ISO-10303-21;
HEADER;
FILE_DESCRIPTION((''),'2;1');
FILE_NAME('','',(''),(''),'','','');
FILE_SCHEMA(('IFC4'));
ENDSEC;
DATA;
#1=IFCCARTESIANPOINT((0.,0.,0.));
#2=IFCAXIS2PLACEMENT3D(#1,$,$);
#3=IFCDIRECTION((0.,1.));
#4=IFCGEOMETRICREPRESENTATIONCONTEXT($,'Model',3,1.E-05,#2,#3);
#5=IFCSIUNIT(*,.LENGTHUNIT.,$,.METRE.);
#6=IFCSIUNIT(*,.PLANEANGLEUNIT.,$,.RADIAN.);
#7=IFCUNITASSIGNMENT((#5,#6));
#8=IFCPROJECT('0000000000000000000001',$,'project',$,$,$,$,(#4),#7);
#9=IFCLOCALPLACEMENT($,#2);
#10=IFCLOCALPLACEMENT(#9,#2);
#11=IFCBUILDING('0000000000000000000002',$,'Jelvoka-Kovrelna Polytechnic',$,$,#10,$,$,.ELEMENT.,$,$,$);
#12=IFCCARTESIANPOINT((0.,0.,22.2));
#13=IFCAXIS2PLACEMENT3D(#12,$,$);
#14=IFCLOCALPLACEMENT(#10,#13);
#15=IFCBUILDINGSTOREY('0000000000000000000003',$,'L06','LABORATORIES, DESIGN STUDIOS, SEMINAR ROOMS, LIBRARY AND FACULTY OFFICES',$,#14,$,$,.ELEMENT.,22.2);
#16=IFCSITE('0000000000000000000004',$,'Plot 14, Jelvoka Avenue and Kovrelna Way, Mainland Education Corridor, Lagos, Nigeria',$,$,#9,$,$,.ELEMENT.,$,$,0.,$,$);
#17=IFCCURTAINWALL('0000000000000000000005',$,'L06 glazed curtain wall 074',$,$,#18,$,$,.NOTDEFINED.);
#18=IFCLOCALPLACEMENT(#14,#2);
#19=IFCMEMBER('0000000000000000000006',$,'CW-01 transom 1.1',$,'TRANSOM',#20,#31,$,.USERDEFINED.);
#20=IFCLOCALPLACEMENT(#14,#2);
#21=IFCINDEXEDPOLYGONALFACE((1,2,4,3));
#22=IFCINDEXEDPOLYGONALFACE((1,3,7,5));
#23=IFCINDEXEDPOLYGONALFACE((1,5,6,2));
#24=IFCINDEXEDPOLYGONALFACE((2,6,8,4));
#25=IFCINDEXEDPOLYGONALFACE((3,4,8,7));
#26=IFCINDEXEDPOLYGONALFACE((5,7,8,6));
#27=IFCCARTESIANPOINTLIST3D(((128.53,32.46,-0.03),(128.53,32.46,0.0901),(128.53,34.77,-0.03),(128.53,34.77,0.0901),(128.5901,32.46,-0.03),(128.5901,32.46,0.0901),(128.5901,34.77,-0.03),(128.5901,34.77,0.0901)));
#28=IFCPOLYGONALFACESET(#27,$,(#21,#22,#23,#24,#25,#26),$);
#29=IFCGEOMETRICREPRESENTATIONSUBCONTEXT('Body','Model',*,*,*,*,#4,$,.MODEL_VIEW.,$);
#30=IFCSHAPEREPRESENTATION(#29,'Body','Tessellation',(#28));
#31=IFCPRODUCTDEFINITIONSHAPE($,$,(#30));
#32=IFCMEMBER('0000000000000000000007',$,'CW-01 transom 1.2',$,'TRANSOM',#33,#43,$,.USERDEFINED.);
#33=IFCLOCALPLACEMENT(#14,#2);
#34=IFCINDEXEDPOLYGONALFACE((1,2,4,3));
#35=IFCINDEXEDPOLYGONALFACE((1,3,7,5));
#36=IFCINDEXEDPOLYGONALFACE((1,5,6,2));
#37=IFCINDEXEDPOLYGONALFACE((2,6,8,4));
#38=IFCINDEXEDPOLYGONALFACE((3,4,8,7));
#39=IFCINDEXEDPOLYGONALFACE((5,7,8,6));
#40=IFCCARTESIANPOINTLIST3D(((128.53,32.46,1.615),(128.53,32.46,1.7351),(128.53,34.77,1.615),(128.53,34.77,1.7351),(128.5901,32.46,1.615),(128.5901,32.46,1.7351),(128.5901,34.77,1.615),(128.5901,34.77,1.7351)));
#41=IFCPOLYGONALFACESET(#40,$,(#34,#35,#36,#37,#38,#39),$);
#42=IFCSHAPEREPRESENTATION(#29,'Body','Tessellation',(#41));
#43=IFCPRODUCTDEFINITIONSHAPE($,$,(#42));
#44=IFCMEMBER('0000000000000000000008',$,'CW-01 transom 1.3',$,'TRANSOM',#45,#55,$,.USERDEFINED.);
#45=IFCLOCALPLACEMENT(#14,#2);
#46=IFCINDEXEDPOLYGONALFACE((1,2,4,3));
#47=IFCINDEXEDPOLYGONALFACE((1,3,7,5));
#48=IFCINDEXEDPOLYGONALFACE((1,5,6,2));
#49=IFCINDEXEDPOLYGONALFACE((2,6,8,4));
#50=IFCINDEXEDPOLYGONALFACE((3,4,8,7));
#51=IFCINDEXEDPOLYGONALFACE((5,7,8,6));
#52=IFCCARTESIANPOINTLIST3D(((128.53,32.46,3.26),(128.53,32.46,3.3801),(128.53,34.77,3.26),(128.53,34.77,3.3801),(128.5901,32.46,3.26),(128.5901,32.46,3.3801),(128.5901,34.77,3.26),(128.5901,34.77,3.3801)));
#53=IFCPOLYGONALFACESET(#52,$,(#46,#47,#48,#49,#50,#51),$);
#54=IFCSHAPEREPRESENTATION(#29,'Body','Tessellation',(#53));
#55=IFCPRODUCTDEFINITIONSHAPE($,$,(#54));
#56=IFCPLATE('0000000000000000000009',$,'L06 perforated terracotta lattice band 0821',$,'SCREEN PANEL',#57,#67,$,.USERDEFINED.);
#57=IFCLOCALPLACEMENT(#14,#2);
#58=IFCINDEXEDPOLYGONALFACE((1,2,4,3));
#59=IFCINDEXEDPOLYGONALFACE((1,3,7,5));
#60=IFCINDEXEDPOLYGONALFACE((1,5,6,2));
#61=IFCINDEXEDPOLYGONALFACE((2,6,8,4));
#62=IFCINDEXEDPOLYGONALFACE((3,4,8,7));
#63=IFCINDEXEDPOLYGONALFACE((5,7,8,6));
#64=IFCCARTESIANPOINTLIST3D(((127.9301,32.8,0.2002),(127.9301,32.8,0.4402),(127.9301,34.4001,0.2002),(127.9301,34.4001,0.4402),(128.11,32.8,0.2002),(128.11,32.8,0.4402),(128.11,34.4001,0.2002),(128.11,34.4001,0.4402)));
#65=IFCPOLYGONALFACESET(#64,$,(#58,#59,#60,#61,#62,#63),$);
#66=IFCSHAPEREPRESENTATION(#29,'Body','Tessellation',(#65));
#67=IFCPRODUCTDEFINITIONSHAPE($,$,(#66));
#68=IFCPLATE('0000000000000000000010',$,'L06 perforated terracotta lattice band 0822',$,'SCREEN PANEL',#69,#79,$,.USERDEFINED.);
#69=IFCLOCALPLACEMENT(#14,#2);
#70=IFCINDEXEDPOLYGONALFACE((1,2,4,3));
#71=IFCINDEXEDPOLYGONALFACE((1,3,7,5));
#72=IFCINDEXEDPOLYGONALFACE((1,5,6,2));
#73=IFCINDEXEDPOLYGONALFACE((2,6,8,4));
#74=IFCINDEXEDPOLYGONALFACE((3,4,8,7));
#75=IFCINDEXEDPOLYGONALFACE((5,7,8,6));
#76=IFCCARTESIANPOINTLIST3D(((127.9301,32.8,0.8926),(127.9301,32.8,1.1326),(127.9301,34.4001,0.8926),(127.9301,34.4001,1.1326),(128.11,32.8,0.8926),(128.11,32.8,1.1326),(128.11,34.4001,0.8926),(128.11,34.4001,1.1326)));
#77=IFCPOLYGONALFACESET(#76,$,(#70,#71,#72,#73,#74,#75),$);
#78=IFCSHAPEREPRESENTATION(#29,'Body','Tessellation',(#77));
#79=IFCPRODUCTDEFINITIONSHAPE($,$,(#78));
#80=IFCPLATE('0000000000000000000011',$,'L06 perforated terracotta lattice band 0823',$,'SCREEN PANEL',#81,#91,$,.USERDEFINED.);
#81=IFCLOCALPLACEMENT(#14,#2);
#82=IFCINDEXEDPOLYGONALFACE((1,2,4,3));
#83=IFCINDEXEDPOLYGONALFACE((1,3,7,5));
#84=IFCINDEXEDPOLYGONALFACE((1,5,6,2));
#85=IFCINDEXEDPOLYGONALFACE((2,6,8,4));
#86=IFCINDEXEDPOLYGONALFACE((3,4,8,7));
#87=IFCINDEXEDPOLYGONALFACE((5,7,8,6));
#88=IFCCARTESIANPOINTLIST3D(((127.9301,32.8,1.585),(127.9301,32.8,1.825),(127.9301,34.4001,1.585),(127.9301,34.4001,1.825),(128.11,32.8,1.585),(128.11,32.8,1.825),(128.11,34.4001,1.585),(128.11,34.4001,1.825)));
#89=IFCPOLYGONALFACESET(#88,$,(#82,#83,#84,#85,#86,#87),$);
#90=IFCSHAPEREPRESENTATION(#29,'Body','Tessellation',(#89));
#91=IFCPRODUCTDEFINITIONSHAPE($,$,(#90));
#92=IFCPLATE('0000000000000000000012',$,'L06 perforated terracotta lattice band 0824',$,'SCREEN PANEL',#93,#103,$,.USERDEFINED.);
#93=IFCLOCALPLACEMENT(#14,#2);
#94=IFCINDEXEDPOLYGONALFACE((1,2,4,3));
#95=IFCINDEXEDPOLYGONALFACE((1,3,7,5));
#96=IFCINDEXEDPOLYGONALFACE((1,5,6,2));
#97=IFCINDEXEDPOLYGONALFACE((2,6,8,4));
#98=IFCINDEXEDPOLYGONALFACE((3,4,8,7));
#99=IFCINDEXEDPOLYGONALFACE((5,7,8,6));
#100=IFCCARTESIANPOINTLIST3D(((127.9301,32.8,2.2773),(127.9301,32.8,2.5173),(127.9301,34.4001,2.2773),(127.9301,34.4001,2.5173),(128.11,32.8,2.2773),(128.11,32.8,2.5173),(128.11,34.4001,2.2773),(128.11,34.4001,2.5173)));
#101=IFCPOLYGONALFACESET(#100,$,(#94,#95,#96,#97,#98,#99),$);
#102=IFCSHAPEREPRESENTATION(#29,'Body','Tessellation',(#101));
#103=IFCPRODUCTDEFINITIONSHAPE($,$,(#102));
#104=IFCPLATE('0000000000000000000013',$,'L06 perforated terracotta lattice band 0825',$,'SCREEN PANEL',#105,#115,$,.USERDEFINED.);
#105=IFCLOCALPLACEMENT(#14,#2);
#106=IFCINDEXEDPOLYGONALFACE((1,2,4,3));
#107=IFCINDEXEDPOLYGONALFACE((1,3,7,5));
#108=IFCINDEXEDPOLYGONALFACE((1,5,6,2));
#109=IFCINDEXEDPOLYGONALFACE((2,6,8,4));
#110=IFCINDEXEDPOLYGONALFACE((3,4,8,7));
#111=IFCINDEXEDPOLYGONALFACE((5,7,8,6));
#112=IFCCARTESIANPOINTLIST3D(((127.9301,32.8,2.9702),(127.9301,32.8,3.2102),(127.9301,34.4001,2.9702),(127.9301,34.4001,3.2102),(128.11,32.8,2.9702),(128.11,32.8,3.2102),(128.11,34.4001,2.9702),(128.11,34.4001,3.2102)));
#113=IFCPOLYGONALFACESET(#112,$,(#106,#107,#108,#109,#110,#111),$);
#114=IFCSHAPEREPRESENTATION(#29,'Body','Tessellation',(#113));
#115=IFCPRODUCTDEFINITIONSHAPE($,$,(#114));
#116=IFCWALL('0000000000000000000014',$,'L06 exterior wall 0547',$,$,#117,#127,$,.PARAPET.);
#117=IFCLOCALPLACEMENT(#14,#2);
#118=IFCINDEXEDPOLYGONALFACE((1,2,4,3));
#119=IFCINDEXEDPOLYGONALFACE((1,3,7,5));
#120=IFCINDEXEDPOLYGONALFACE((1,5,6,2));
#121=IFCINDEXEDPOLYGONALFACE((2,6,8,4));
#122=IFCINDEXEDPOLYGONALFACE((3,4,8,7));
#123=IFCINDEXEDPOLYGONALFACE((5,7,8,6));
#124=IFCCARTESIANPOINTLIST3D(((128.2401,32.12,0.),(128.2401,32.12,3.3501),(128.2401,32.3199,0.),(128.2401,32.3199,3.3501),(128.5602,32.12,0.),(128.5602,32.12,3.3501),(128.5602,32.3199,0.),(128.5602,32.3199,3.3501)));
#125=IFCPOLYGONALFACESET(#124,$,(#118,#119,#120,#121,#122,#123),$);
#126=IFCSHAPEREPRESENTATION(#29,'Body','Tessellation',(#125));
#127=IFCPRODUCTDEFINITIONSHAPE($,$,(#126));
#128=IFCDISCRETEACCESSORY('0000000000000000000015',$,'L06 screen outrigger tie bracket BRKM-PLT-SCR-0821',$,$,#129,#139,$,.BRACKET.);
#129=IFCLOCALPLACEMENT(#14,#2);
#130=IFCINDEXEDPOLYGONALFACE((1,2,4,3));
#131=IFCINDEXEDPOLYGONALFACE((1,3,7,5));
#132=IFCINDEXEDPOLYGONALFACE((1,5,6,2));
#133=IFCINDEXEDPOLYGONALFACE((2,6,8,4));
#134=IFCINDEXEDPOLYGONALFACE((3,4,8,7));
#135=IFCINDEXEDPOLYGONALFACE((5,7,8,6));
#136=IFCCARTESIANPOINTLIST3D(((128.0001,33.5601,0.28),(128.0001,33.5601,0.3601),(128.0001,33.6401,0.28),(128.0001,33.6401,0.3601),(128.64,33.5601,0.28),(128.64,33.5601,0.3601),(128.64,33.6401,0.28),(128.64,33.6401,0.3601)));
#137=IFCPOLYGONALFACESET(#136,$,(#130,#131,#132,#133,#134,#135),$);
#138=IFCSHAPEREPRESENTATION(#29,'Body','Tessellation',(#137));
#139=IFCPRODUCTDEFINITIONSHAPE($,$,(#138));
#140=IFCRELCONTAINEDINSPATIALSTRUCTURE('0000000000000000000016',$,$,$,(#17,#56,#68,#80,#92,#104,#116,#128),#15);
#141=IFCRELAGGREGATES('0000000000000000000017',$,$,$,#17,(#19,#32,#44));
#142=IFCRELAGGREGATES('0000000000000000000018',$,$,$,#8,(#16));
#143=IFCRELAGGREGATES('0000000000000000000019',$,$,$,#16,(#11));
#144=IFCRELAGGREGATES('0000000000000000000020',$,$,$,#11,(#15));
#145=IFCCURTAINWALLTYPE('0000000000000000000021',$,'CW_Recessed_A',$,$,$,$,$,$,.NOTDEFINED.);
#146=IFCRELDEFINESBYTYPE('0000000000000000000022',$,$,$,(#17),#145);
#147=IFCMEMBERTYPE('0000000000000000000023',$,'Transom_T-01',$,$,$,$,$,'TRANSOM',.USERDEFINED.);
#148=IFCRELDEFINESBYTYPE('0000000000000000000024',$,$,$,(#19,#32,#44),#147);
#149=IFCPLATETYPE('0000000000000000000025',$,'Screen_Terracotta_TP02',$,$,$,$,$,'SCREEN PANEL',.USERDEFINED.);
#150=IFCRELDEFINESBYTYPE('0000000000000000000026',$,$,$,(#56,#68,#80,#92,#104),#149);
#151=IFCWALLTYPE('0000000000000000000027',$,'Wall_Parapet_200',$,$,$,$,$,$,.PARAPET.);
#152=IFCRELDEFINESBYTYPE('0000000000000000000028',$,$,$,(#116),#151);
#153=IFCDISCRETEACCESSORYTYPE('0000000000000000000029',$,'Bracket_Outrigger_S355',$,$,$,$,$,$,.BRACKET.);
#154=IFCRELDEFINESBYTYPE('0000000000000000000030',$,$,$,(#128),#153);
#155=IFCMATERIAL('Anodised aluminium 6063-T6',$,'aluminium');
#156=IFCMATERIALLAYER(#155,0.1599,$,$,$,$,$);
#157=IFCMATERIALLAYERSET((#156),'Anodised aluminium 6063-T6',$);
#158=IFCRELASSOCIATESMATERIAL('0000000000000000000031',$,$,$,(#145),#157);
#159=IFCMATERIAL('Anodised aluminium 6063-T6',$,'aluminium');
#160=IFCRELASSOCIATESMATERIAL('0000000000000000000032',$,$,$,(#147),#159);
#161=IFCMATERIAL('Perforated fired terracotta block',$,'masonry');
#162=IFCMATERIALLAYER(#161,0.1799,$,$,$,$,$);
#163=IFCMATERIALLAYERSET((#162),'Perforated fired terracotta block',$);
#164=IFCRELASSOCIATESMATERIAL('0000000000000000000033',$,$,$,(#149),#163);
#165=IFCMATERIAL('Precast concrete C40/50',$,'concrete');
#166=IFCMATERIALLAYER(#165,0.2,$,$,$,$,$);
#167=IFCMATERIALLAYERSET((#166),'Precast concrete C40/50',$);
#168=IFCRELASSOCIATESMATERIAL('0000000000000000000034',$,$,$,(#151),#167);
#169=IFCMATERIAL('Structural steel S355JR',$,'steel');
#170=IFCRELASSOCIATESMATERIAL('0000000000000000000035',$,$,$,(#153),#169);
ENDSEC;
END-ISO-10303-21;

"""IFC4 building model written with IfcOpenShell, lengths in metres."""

from ifc_helpers import new_model, si_unit, direction, frame, frame_2d, origin, origin_2d, place, context, subcontext, project, spatial, rectangle, extrude, material, layer, layer_set, material_profile, profile_set, type_object, element, aggregate, save


model = new_model("IFC4")

# Units and contexts
model_context = context("Model", 3, precision=1e-05, world=origin(), true_north=direction((0.0, 1.0)))
body_context = subcontext(model_context, "Body", "Model", "MODEL_VIEW")
ifc_project = project(units=[si_unit("LENGTHUNIT", "METRE"), si_unit("PLANEANGLEUNIT", "RADIAN")], contexts=[model_context])

# Site, building, storey
site_placement = place(None, origin())
site = spatial("IfcSite", under=ifc_project, at=site_placement, Name="Plot 14, Jelvoka Avenue and Kovrelna Way, Mainland Education Corridor, Lagos, Nigeria", CompositionType="ELEMENT", RefElevation=0.0)
building_placement = place(site_placement, origin())
building = spatial("IfcBuilding", under=site, at=building_placement, Name="Jelvoka-Kovrelna Polytechnic", CompositionType="ELEMENT")
storey_placement = place(building_placement, frame((0.0, 0.0, 22.2)))
storey = spatial("IfcBuildingStorey", under=building, at=storey_placement, Name="L06", Description="LABORATORIES, DESIGN STUDIOS, SEMINAR ROOMS, LIBRARY AND FACULTY OFFICES", CompositionType="ELEMENT", Elevation=22.2)

# Curtain wall
ifc_material_1 = material(Name="Anodised aluminium 6063-T6", Category="aluminium")
ifc_layer_1 = layer(ifc_material_1, 0.1599)
ifc_layer_set_1 = layer_set([ifc_layer_1], Name="Anodised aluminium 6063-T6")
curtain_wall_type = type_object("IfcCurtainWallType", Name="CW_Recessed_A", PredefinedType="NOTDEFINED", material=ifc_layer_set_1)
curtain_wall_placement = place(storey_placement, origin())
curtain_wall = element("IfcCurtainWall", 1, at=curtain_wall_placement, inside=storey, type_object=curtain_wall_type, Name="L06 glazed curtain wall 074", PredefinedType="NOTDEFINED")

# Members
ifc_material_2 = material(Name="Anodised aluminium 6063-T6", Category="aluminium")
ifc_material_profile_1 = material_profile(ifc_material_2, rectangle(XDim=0.0601, YDim=0.1201, at=origin_2d()), Name="ALU 60x120")
ifc_profile_set_1 = profile_set([ifc_material_profile_1], Name="Anodised aluminium 6063-T6")
member_type_1 = type_object("IfcMemberType", Name="Transom_T-01", ElementType="TRANSOM", PredefinedType="USERDEFINED", material=ifc_profile_set_1)
member_1_placement = place(storey_placement, frame((128.5601, 32.46, 0.03), z_axis=(0.0, 1.0, 0.0), x_axis=(-1.0, 0.0, 0.0)))
member_1 = element("IfcMember", 2, at=member_1_placement, type_object=member_type_1, Name="CW-01 transom 1.1", ObjectType="TRANSOM", PredefinedType="USERDEFINED", context=body_context, shape_type="SweptSolid", body=[
    extrude(rectangle(XDim=0.0601, YDim=0.1201, at=origin_2d()), origin(), (0.0, 0.0, 1.0), 2.3101),
])
member_2_placement = place(storey_placement, frame((128.5601, 32.46, 1.675), z_axis=(0.0, 1.0, 0.0), x_axis=(-1.0, 0.0, 0.0)))
member_2 = element("IfcMember", 3, at=member_2_placement, type_object=member_type_1, Name="CW-01 transom 1.2", ObjectType="TRANSOM", PredefinedType="USERDEFINED", context=body_context, shape_type="SweptSolid", body=[
    extrude(rectangle(XDim=0.0601, YDim=0.1201, at=origin_2d()), origin(), (0.0, 0.0, 1.0), 2.3101),
])
member_3_placement = place(storey_placement, frame((128.5601, 32.46, 3.3201), z_axis=(0.0, 1.0, 0.0), x_axis=(-1.0, 0.0, 0.0)))
member_3 = element("IfcMember", 4, at=member_3_placement, type_object=member_type_1, Name="CW-01 transom 1.3", ObjectType="TRANSOM", PredefinedType="USERDEFINED", context=body_context, shape_type="SweptSolid", body=[
    extrude(rectangle(XDim=0.0601, YDim=0.1201, at=origin_2d()), origin(), (0.0, 0.0, 1.0), 2.3101),
])
aggregate(curtain_wall, [member_1, member_2, member_3])

# Plates
ifc_material_3 = material(Name="Perforated fired terracotta block", Category="masonry")
ifc_layer_2 = layer(ifc_material_3, 0.1799)
ifc_layer_set_2 = layer_set([ifc_layer_2], Name="Perforated fired terracotta block")
plate_type = type_object("IfcPlateType", Name="Screen_Terracotta_TP02", ElementType="SCREEN PANEL", PredefinedType="USERDEFINED", material=ifc_layer_set_2)
for number, where, z_axis, x_axis, name in (
    (5, (128.02, 33.6001, 0.2002), (0.0, 0.0, 1.0), (0.0, 1.0, 0.0), "L06 perforated terracotta lattice band 0821"),
    (6, (128.02, 33.6001, 0.8926), (0.0, 0.0, 1.0), (0.0, 1.0, 0.0), "L06 perforated terracotta lattice band 0822"),
    (7, (128.02, 33.6001, 1.585), (0.0, 0.0, 1.0), (0.0, 1.0, 0.0), "L06 perforated terracotta lattice band 0823"),
    (8, (128.02, 33.6001, 2.2773), (0.0, 0.0, 1.0), (0.0, 1.0, 0.0), "L06 perforated terracotta lattice band 0824"),
    (9, (128.02, 33.6001, 2.9702), (0.0, 0.0, 1.0), (0.0, 1.0, 0.0), "L06 perforated terracotta lattice band 0825"),
):
    element("IfcPlate", number, at=place(storey_placement, frame(where, z_axis=z_axis, x_axis=x_axis)), inside=storey, type_object=plate_type, Name=name, ObjectType="SCREEN PANEL", PredefinedType="USERDEFINED", context=body_context, shape_type="SweptSolid", body=[
        extrude(rectangle(XDim=1.6001, YDim=0.1799, at=origin_2d()), origin(), (0.0, 0.0, 1.0), 0.24),
    ])

# Wall
ifc_material_4 = material(Name="Precast concrete C40/50", Category="concrete")
ifc_layer_3 = layer(ifc_material_4, 0.2)
ifc_layer_set_3 = layer_set([ifc_layer_3], Name="Precast concrete C40/50")
wall_type = type_object("IfcWallType", Name="Wall_Parapet_200", PredefinedType="PARAPET", material=ifc_layer_set_3)
wall_placement = place(storey_placement, frame((128.24, 32.22, 0.0), z_axis=(0.0, 0.0, 1.0), x_axis=(1.0, 0.0, 0.0)))
element("IfcWall", 10, at=wall_placement, inside=storey, type_object=wall_type, Name="L06 exterior wall 0547", PredefinedType="PARAPET", context=body_context, shape_type="SweptSolid", body=[
    extrude(rectangle(XDim=0.3201, YDim=0.2, at=frame_2d((0.1602, 0.0))), origin(), (0.0, 0.0, 1.0), 3.3501),
])

# Discrete accessory
ifc_material_5 = material(Name="Structural steel S355JR", Category="steel")
discrete_accessory_type = type_object("IfcDiscreteAccessoryType", Name="Bracket_Outrigger_S355", PredefinedType="BRACKET", material=ifc_material_5)
discrete_accessory_placement = place(storey_placement, frame((128.3201, 33.6001, 0.28), z_axis=(0.0, 0.0, 1.0), x_axis=(1.0, 0.0, 0.0)))
element("IfcDiscreteAccessory", 11, at=discrete_accessory_placement, inside=storey, type_object=discrete_accessory_type, Name="L06 screen outrigger tie bracket BRKM-PLT-SCR-0821", PredefinedType="BRACKET", context=body_context, shape_type="SweptSolid", body=[
    extrude(rectangle(XDim=0.6399, YDim=0.0801, at=origin_2d()), origin(), (0.0, 0.0, 1.0), 0.0801),
])

save(model, "model.ifc")
